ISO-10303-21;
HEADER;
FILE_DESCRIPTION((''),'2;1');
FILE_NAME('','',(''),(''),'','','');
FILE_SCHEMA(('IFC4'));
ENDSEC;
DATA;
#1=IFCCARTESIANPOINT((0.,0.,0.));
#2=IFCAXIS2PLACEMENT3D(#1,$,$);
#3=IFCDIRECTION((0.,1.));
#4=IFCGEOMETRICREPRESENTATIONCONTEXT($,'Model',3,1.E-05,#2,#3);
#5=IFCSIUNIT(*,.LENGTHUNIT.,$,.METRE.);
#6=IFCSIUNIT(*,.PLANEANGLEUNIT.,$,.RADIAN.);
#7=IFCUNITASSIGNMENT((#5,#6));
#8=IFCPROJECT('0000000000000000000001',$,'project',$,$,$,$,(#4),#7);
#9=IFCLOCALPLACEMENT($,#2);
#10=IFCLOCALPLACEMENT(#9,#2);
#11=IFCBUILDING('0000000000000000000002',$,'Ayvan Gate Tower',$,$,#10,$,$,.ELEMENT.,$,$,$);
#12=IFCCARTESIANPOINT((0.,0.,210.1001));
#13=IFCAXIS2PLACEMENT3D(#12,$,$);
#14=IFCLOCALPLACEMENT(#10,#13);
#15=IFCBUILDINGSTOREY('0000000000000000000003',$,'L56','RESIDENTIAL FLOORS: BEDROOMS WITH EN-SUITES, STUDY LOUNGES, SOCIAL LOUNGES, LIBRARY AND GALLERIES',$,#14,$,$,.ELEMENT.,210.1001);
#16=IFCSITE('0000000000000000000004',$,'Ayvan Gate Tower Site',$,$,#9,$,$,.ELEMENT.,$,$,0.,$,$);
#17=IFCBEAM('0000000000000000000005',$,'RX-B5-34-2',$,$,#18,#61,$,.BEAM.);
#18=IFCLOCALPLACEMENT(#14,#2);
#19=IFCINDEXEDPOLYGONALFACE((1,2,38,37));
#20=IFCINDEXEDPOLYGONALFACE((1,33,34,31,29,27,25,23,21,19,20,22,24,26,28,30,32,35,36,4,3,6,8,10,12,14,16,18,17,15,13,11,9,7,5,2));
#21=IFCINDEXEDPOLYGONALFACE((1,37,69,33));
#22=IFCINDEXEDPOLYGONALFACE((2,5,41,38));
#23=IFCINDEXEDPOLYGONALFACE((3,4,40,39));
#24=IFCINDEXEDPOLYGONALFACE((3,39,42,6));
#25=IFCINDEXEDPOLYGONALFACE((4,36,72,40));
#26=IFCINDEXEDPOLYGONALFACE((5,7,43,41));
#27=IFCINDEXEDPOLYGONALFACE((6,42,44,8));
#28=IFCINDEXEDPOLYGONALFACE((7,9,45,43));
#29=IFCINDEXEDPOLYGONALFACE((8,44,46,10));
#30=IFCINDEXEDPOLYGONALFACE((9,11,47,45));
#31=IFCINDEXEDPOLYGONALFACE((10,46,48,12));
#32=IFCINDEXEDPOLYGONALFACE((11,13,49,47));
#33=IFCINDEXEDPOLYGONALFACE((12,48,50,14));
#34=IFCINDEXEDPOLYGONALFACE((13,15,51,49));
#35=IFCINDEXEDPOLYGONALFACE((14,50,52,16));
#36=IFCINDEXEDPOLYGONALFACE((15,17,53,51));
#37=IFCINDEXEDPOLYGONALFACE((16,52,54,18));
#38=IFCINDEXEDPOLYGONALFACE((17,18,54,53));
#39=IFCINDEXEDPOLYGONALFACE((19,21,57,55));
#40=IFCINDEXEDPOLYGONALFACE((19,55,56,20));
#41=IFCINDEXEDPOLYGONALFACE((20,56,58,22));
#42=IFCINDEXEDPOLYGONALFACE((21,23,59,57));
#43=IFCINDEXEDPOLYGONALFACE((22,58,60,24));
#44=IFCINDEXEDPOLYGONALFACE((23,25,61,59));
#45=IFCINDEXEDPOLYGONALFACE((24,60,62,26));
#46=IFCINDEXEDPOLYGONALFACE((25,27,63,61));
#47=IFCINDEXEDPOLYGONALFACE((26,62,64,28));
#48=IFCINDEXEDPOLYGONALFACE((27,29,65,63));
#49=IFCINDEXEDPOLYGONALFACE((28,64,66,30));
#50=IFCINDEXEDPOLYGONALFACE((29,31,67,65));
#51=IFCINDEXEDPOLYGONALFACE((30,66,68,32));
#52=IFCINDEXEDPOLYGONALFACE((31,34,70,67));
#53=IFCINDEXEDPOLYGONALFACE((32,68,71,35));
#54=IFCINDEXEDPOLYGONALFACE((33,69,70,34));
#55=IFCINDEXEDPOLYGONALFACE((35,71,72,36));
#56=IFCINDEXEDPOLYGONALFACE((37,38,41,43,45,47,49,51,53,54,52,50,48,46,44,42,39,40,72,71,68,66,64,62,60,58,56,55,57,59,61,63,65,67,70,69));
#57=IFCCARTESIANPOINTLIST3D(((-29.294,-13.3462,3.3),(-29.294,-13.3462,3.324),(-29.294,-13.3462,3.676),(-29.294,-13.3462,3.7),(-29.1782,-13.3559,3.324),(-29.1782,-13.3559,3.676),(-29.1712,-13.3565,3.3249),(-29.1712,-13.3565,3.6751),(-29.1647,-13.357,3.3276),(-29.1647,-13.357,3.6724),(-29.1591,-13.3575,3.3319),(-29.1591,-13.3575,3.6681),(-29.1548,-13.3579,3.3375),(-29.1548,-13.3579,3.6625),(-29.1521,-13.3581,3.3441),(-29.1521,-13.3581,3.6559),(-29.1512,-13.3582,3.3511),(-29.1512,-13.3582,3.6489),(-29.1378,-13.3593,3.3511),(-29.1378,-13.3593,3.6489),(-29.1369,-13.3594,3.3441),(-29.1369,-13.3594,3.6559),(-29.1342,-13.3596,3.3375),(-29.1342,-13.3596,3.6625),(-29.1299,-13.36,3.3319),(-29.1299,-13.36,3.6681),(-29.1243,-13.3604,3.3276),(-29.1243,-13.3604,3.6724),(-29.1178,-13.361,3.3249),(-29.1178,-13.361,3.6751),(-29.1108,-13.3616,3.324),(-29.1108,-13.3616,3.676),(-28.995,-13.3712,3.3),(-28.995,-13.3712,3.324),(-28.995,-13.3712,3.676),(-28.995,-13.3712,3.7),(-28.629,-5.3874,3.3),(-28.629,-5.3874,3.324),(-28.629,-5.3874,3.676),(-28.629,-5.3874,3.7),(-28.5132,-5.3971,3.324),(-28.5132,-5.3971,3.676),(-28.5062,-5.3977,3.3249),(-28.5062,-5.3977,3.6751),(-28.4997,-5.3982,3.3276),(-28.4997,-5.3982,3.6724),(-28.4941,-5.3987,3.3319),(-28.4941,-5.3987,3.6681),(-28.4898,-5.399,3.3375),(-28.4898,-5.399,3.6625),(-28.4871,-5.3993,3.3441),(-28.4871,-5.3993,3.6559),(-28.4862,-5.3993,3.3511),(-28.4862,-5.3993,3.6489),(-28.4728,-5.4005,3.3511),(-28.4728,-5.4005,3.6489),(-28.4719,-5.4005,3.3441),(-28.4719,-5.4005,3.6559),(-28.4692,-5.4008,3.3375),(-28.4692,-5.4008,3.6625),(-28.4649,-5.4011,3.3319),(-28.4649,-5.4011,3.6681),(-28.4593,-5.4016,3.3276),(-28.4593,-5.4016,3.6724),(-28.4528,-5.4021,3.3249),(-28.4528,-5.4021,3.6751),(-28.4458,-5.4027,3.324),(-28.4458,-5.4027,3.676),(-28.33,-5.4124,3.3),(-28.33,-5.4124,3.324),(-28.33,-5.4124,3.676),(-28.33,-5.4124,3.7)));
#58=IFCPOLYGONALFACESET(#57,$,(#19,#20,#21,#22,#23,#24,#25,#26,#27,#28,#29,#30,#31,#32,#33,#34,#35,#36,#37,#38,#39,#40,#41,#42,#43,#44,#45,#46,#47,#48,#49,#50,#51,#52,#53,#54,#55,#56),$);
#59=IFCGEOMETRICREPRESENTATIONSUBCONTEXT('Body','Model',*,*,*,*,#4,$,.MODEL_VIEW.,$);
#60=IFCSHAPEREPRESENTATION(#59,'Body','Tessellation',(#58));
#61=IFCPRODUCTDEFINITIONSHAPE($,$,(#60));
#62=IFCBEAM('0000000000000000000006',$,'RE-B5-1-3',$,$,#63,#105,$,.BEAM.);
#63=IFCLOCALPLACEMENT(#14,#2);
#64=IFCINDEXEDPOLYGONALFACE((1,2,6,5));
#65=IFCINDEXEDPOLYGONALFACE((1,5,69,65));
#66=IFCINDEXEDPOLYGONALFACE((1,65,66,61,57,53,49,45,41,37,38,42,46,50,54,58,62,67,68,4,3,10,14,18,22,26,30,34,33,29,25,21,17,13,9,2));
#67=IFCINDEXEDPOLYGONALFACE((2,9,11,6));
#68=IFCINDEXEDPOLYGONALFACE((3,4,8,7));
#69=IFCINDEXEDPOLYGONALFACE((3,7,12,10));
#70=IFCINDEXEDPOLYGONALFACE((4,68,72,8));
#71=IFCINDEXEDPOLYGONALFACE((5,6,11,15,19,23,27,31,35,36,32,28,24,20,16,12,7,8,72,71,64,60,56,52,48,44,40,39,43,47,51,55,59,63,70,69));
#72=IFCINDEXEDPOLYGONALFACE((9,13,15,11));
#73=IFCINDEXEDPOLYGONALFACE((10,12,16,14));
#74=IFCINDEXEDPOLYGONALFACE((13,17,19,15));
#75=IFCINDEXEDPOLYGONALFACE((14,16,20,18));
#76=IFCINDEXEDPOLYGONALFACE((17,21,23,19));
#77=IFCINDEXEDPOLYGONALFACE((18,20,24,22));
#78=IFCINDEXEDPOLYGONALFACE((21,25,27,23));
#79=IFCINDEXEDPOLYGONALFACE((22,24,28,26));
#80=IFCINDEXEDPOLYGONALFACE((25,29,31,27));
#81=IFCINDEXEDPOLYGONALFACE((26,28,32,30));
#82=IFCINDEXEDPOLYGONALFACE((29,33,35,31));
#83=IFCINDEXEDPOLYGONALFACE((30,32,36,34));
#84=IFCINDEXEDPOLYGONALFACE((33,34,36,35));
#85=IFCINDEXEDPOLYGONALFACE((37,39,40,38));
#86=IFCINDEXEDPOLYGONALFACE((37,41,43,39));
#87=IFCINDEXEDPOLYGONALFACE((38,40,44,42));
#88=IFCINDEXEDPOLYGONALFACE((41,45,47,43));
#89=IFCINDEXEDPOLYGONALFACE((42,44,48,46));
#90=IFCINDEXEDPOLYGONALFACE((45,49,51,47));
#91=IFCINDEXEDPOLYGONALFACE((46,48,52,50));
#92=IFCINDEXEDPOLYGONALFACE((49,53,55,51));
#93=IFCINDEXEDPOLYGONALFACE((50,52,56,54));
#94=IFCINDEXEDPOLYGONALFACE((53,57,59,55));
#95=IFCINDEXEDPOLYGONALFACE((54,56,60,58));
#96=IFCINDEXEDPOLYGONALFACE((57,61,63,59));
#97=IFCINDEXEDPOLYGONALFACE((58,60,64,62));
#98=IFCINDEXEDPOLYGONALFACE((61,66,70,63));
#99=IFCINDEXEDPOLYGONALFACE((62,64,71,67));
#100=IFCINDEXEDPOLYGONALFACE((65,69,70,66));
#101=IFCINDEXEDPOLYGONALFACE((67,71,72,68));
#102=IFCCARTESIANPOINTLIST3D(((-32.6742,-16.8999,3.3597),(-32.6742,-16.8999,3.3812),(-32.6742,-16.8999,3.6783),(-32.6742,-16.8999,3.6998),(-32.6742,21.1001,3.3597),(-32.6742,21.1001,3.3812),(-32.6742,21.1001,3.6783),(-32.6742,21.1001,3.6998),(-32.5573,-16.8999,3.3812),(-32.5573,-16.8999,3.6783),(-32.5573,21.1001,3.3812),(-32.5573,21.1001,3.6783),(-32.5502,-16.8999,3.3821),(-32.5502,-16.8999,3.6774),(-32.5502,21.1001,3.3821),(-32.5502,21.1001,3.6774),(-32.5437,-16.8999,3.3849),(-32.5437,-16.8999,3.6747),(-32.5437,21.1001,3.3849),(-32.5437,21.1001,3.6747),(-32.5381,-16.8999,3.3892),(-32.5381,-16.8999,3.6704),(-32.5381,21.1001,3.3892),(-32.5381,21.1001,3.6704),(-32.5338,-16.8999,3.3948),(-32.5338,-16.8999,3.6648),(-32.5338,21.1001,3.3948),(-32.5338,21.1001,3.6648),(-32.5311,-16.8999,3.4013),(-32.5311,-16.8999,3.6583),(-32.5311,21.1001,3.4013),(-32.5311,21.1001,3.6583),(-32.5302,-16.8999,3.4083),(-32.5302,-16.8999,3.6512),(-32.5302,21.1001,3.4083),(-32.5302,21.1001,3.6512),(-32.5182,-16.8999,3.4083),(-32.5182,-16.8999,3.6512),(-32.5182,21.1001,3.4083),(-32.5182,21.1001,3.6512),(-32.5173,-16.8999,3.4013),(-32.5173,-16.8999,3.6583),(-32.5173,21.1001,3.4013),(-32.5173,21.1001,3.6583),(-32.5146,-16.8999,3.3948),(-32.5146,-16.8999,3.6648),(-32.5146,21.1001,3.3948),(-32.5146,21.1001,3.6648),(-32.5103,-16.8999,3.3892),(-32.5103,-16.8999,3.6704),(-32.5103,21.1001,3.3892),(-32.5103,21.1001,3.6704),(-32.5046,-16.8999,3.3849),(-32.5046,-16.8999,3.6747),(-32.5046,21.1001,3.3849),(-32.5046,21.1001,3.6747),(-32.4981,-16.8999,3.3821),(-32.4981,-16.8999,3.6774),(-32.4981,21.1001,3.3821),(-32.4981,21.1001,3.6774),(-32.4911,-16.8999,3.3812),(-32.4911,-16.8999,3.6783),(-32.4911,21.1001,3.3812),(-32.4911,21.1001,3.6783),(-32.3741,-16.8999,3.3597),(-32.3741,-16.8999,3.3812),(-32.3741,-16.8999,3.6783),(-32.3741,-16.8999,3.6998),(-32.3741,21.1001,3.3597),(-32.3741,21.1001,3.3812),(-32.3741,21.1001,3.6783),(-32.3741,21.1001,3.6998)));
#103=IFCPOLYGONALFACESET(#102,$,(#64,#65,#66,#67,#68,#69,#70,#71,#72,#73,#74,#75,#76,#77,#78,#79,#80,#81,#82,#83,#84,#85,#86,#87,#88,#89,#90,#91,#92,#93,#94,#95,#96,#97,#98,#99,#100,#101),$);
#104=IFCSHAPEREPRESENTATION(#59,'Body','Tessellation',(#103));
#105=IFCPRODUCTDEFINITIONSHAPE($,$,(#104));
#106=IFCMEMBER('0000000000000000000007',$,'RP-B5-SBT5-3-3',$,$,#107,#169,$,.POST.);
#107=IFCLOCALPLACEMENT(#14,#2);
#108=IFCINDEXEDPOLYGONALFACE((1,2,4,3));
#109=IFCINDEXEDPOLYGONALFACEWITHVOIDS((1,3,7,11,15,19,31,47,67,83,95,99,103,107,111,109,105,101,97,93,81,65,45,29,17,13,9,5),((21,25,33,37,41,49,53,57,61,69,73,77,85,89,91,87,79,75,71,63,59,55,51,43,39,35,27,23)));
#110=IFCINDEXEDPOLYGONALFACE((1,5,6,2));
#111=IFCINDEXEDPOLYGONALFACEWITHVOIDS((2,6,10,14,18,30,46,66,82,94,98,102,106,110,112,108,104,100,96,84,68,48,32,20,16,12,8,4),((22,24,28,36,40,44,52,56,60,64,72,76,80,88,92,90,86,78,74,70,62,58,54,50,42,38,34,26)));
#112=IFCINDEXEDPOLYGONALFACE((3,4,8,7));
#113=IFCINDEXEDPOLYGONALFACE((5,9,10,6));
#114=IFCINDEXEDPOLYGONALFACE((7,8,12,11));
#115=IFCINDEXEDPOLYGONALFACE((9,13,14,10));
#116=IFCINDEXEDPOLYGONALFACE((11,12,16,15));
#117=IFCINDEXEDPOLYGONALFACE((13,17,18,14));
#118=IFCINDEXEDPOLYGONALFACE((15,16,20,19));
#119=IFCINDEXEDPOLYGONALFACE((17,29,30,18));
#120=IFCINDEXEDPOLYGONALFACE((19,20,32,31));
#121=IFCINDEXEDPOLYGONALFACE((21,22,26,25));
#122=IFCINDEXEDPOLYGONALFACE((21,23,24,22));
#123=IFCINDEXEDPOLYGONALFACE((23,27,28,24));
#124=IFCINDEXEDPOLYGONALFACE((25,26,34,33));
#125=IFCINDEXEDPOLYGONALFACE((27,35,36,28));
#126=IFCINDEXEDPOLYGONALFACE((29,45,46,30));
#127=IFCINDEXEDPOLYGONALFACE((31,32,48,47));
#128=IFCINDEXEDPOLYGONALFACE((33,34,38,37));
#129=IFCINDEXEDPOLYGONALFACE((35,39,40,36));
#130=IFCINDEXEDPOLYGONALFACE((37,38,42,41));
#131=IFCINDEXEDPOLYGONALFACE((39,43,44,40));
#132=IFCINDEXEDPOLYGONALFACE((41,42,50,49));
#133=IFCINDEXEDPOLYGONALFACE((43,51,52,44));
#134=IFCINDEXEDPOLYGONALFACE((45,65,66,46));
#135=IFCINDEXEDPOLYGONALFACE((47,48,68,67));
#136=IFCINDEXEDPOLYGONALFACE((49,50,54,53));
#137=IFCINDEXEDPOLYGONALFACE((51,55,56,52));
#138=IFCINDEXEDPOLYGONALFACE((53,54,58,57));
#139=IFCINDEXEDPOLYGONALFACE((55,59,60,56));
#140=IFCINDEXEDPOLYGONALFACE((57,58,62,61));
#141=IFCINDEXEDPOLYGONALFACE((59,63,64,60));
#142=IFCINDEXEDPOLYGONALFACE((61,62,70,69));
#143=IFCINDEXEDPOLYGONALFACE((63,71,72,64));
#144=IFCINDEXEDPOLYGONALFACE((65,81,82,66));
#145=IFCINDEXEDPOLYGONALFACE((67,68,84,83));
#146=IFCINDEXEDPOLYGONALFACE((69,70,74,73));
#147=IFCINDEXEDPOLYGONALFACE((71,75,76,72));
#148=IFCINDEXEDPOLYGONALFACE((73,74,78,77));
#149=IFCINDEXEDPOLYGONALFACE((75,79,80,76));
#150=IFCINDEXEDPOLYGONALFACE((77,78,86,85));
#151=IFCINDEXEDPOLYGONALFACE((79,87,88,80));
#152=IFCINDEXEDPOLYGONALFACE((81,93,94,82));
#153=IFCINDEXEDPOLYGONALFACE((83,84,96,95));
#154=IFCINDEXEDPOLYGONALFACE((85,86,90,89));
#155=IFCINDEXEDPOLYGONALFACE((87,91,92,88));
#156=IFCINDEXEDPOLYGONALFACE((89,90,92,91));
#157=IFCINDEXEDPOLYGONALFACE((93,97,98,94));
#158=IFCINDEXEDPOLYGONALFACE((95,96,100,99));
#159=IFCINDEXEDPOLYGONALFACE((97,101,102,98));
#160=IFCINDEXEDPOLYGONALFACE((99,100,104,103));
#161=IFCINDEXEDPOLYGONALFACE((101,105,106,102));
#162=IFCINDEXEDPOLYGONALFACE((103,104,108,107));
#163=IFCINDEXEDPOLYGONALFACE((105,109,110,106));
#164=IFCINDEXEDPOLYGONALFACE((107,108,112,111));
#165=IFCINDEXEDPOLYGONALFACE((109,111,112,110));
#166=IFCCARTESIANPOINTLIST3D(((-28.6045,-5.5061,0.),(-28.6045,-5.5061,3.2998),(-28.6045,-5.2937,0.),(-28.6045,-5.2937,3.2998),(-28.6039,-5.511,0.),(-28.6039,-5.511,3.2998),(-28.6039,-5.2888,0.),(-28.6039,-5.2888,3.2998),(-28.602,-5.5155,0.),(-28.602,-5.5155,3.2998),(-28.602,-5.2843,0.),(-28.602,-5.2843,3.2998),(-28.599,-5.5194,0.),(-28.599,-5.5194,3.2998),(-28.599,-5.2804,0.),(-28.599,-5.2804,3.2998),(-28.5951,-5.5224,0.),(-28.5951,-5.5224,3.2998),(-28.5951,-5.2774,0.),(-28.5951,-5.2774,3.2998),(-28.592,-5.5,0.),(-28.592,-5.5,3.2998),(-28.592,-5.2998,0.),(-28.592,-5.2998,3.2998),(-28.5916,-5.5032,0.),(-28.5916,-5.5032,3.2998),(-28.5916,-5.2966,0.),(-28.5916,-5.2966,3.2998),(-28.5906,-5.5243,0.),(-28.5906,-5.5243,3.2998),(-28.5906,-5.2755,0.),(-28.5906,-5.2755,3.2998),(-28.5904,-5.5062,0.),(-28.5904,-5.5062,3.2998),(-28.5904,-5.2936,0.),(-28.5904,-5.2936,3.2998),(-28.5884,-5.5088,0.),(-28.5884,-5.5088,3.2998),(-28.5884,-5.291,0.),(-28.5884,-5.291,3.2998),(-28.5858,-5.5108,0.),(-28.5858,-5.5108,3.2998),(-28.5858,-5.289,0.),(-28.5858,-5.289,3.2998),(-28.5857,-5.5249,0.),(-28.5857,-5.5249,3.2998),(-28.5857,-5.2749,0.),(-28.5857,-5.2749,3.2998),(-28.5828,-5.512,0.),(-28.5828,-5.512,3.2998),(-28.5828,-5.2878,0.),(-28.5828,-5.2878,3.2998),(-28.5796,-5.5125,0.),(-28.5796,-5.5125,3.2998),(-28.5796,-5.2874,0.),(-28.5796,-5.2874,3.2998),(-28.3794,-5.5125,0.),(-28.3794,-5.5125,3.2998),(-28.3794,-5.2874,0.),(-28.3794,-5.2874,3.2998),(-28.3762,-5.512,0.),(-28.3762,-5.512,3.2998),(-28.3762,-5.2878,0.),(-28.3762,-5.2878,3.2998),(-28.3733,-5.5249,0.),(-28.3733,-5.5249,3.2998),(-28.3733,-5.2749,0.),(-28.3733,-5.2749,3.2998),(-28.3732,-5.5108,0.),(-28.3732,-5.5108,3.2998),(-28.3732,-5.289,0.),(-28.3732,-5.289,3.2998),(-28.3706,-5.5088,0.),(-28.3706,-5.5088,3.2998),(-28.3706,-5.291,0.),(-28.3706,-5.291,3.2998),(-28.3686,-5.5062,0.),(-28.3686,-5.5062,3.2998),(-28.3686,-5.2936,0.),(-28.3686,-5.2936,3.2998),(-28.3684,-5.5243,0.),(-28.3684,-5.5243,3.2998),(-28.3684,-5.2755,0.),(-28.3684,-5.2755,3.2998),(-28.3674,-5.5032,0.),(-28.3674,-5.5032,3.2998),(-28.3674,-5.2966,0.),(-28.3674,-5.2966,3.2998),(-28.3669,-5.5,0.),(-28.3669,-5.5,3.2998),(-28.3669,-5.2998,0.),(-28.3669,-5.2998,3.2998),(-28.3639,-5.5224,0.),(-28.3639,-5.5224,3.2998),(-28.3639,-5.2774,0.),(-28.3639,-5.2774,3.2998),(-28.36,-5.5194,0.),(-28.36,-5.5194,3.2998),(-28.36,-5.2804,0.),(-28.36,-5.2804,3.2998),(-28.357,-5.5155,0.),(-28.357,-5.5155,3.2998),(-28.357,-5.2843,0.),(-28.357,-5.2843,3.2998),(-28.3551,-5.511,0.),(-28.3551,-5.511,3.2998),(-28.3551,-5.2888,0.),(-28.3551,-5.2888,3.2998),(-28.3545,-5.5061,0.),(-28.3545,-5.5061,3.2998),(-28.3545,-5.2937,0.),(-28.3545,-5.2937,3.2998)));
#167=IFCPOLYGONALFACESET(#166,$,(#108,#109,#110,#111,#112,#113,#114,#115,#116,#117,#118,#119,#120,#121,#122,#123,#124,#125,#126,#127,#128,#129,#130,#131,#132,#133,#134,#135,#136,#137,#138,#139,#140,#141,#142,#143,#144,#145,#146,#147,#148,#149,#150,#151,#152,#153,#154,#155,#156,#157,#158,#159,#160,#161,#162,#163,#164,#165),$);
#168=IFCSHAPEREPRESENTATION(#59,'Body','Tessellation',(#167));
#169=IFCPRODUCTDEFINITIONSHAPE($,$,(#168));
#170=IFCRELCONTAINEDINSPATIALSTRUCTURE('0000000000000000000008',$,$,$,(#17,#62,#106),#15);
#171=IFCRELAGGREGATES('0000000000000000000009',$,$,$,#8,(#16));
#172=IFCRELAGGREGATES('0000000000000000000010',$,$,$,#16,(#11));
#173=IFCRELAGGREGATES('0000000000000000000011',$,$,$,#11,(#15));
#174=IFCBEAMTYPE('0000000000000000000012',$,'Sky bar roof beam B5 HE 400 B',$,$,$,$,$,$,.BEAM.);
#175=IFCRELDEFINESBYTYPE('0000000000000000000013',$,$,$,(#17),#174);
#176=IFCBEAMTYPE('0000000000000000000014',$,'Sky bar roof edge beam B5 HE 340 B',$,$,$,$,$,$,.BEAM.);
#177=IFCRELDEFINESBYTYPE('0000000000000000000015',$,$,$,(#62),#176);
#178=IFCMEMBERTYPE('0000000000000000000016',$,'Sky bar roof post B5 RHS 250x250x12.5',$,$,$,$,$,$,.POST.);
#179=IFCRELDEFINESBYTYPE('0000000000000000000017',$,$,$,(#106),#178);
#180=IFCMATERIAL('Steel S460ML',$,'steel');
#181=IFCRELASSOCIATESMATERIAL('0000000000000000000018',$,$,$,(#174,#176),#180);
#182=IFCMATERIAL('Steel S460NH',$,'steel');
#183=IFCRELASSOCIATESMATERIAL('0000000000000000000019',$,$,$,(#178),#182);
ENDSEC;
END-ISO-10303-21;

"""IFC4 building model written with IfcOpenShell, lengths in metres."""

from ifc_helpers import new_model, si_unit, direction, frame, origin, origin_2d, place, context, subcontext, project, spatial, hollow_rectangle, i_section, extrude, material, material_profile, profile_set, type_object, element, save


model = new_model("IFC4")

# Units and contexts
model_context = context("Model", 3, precision=1e-05, world=origin(), true_north=direction((0.0, 1.0)))
body_context = subcontext(model_context, "Body", "Model", "MODEL_VIEW")
ifc_project = project(units=[si_unit("LENGTHUNIT", "METRE"), si_unit("PLANEANGLEUNIT", "RADIAN")], contexts=[model_context])

# Site, building, storey
site_placement = place(None, origin())
site = spatial("IfcSite", under=ifc_project, at=site_placement, Name="Ayvan Gate Tower Site", CompositionType="ELEMENT", RefElevation=0.0)
building_placement = place(site_placement, origin())
building = spatial("IfcBuilding", under=site, at=building_placement, Name="Ayvan Gate Tower", CompositionType="ELEMENT")
storey_placement = place(building_placement, frame((0.0, 0.0, 210.1001)))
storey = spatial("IfcBuildingStorey", under=building, at=storey_placement, Name="L56", Description="RESIDENTIAL FLOORS: BEDROOMS WITH EN-SUITES, STUDY LOUNGES, SOCIAL LOUNGES, LIBRARY AND GALLERIES", CompositionType="ELEMENT", Elevation=210.1001)

# Beams
ifc_material_1 = material(Name="Steel S460ML", Category="steel")
ifc_material_profile_1 = material_profile(ifc_material_1, i_section(OverallWidth=0.3, OverallDepth=0.3999, WebThickness=0.0134, FlangeThickness=0.0239, FilletRadius=0.0271, at=origin_2d()), Name="HE 400 B")
ifc_profile_set_1 = profile_set([ifc_material_profile_1], Name="Steel S460ML")
beam_type_1 = type_object("IfcBeamType", Name="Sky bar roof beam B5 HE 400 B", PredefinedType="BEAM", material=ifc_profile_set_1)
beam_1_placement = place(storey_placement, frame((-28.4795, -5.3999, 3.5), z_axis=(-0.083271, -0.996527, 0.0), x_axis=(0.996527, -0.083271, 0.0)))
element("IfcBeam", 1, at=beam_1_placement, inside=storey, type_object=beam_type_1, Name="RX-B5-34-2", PredefinedType="BEAM", context=body_context, shape_type="SweptSolid", body=[
    extrude(i_section(OverallWidth=0.3, OverallDepth=0.3999, WebThickness=0.0134, FlangeThickness=0.0239, FilletRadius=0.0271, at=origin_2d()), origin(), (0.0, 0.0, 1.0), 7.9866),
])
ifc_material_profile_2 = material_profile(ifc_material_1, i_section(OverallWidth=0.3, OverallDepth=0.3401, WebThickness=0.012, FlangeThickness=0.0215, FilletRadius=0.0271, at=origin_2d()), Name="HE 340 B")
ifc_profile_set_2 = profile_set([ifc_material_profile_2], Name="Steel S460ML")
beam_type_2 = type_object("IfcBeamType", Name="Sky bar roof edge beam B5 HE 340 B", PredefinedType="BEAM", material=ifc_profile_set_2)
beam_2_placement = place(storey_placement, frame((-32.5242, -16.8999, 3.5298), z_axis=(0.0, 1.0, 0.0), x_axis=(-1.0, 0.0, 0.0)))
element("IfcBeam", 2, at=beam_2_placement, inside=storey, type_object=beam_type_2, Name="RE-B5-1-3", PredefinedType="BEAM", context=body_context, shape_type="SweptSolid", body=[
    extrude(i_section(OverallWidth=0.3, OverallDepth=0.3401, WebThickness=0.012, FlangeThickness=0.0215, FilletRadius=0.0271, at=origin_2d()), origin(), (0.0, 0.0, 1.0), 38.0),
])

# Member
ifc_material_2 = material(Name="Steel S460NH", Category="steel")
ifc_material_profile_3 = material_profile(ifc_material_2, hollow_rectangle(XDim=0.25, YDim=0.25, WallThickness=0.0125, InnerFilletRadius=0.0125, OuterFilletRadius=0.0188, at=origin_2d()), Name="RHS 250x250x12.5")
ifc_profile_set_3 = profile_set([ifc_material_profile_3], Name="Steel S460NH")
member_type_1 = type_object("IfcMemberType", Name="Sky bar roof post B5 RHS 250x250x12.5", PredefinedType="POST", material=ifc_profile_set_3)
for number, where, z_axis, x_axis, name in (
    (3, (-28.4795, -5.3999, 0.0), (0.0, 0.0, 1.0), (1.0, 0.0, 0.0), "RP-B5-SBT5-3-3"),
):
    element("IfcMember", number, at=place(storey_placement, frame(where, z_axis=z_axis, x_axis=x_axis)), inside=storey, type_object=member_type_1, Name=name, PredefinedType="POST", context=body_context, shape_type="SweptSolid", body=[
        extrude(hollow_rectangle(XDim=0.25, YDim=0.25, WallThickness=0.0125, InnerFilletRadius=0.0125, OuterFilletRadius=0.0188, at=origin_2d()), origin(), (0.0, 0.0, 1.0), 3.2998),
    ])

save(model, "model.ifc")
